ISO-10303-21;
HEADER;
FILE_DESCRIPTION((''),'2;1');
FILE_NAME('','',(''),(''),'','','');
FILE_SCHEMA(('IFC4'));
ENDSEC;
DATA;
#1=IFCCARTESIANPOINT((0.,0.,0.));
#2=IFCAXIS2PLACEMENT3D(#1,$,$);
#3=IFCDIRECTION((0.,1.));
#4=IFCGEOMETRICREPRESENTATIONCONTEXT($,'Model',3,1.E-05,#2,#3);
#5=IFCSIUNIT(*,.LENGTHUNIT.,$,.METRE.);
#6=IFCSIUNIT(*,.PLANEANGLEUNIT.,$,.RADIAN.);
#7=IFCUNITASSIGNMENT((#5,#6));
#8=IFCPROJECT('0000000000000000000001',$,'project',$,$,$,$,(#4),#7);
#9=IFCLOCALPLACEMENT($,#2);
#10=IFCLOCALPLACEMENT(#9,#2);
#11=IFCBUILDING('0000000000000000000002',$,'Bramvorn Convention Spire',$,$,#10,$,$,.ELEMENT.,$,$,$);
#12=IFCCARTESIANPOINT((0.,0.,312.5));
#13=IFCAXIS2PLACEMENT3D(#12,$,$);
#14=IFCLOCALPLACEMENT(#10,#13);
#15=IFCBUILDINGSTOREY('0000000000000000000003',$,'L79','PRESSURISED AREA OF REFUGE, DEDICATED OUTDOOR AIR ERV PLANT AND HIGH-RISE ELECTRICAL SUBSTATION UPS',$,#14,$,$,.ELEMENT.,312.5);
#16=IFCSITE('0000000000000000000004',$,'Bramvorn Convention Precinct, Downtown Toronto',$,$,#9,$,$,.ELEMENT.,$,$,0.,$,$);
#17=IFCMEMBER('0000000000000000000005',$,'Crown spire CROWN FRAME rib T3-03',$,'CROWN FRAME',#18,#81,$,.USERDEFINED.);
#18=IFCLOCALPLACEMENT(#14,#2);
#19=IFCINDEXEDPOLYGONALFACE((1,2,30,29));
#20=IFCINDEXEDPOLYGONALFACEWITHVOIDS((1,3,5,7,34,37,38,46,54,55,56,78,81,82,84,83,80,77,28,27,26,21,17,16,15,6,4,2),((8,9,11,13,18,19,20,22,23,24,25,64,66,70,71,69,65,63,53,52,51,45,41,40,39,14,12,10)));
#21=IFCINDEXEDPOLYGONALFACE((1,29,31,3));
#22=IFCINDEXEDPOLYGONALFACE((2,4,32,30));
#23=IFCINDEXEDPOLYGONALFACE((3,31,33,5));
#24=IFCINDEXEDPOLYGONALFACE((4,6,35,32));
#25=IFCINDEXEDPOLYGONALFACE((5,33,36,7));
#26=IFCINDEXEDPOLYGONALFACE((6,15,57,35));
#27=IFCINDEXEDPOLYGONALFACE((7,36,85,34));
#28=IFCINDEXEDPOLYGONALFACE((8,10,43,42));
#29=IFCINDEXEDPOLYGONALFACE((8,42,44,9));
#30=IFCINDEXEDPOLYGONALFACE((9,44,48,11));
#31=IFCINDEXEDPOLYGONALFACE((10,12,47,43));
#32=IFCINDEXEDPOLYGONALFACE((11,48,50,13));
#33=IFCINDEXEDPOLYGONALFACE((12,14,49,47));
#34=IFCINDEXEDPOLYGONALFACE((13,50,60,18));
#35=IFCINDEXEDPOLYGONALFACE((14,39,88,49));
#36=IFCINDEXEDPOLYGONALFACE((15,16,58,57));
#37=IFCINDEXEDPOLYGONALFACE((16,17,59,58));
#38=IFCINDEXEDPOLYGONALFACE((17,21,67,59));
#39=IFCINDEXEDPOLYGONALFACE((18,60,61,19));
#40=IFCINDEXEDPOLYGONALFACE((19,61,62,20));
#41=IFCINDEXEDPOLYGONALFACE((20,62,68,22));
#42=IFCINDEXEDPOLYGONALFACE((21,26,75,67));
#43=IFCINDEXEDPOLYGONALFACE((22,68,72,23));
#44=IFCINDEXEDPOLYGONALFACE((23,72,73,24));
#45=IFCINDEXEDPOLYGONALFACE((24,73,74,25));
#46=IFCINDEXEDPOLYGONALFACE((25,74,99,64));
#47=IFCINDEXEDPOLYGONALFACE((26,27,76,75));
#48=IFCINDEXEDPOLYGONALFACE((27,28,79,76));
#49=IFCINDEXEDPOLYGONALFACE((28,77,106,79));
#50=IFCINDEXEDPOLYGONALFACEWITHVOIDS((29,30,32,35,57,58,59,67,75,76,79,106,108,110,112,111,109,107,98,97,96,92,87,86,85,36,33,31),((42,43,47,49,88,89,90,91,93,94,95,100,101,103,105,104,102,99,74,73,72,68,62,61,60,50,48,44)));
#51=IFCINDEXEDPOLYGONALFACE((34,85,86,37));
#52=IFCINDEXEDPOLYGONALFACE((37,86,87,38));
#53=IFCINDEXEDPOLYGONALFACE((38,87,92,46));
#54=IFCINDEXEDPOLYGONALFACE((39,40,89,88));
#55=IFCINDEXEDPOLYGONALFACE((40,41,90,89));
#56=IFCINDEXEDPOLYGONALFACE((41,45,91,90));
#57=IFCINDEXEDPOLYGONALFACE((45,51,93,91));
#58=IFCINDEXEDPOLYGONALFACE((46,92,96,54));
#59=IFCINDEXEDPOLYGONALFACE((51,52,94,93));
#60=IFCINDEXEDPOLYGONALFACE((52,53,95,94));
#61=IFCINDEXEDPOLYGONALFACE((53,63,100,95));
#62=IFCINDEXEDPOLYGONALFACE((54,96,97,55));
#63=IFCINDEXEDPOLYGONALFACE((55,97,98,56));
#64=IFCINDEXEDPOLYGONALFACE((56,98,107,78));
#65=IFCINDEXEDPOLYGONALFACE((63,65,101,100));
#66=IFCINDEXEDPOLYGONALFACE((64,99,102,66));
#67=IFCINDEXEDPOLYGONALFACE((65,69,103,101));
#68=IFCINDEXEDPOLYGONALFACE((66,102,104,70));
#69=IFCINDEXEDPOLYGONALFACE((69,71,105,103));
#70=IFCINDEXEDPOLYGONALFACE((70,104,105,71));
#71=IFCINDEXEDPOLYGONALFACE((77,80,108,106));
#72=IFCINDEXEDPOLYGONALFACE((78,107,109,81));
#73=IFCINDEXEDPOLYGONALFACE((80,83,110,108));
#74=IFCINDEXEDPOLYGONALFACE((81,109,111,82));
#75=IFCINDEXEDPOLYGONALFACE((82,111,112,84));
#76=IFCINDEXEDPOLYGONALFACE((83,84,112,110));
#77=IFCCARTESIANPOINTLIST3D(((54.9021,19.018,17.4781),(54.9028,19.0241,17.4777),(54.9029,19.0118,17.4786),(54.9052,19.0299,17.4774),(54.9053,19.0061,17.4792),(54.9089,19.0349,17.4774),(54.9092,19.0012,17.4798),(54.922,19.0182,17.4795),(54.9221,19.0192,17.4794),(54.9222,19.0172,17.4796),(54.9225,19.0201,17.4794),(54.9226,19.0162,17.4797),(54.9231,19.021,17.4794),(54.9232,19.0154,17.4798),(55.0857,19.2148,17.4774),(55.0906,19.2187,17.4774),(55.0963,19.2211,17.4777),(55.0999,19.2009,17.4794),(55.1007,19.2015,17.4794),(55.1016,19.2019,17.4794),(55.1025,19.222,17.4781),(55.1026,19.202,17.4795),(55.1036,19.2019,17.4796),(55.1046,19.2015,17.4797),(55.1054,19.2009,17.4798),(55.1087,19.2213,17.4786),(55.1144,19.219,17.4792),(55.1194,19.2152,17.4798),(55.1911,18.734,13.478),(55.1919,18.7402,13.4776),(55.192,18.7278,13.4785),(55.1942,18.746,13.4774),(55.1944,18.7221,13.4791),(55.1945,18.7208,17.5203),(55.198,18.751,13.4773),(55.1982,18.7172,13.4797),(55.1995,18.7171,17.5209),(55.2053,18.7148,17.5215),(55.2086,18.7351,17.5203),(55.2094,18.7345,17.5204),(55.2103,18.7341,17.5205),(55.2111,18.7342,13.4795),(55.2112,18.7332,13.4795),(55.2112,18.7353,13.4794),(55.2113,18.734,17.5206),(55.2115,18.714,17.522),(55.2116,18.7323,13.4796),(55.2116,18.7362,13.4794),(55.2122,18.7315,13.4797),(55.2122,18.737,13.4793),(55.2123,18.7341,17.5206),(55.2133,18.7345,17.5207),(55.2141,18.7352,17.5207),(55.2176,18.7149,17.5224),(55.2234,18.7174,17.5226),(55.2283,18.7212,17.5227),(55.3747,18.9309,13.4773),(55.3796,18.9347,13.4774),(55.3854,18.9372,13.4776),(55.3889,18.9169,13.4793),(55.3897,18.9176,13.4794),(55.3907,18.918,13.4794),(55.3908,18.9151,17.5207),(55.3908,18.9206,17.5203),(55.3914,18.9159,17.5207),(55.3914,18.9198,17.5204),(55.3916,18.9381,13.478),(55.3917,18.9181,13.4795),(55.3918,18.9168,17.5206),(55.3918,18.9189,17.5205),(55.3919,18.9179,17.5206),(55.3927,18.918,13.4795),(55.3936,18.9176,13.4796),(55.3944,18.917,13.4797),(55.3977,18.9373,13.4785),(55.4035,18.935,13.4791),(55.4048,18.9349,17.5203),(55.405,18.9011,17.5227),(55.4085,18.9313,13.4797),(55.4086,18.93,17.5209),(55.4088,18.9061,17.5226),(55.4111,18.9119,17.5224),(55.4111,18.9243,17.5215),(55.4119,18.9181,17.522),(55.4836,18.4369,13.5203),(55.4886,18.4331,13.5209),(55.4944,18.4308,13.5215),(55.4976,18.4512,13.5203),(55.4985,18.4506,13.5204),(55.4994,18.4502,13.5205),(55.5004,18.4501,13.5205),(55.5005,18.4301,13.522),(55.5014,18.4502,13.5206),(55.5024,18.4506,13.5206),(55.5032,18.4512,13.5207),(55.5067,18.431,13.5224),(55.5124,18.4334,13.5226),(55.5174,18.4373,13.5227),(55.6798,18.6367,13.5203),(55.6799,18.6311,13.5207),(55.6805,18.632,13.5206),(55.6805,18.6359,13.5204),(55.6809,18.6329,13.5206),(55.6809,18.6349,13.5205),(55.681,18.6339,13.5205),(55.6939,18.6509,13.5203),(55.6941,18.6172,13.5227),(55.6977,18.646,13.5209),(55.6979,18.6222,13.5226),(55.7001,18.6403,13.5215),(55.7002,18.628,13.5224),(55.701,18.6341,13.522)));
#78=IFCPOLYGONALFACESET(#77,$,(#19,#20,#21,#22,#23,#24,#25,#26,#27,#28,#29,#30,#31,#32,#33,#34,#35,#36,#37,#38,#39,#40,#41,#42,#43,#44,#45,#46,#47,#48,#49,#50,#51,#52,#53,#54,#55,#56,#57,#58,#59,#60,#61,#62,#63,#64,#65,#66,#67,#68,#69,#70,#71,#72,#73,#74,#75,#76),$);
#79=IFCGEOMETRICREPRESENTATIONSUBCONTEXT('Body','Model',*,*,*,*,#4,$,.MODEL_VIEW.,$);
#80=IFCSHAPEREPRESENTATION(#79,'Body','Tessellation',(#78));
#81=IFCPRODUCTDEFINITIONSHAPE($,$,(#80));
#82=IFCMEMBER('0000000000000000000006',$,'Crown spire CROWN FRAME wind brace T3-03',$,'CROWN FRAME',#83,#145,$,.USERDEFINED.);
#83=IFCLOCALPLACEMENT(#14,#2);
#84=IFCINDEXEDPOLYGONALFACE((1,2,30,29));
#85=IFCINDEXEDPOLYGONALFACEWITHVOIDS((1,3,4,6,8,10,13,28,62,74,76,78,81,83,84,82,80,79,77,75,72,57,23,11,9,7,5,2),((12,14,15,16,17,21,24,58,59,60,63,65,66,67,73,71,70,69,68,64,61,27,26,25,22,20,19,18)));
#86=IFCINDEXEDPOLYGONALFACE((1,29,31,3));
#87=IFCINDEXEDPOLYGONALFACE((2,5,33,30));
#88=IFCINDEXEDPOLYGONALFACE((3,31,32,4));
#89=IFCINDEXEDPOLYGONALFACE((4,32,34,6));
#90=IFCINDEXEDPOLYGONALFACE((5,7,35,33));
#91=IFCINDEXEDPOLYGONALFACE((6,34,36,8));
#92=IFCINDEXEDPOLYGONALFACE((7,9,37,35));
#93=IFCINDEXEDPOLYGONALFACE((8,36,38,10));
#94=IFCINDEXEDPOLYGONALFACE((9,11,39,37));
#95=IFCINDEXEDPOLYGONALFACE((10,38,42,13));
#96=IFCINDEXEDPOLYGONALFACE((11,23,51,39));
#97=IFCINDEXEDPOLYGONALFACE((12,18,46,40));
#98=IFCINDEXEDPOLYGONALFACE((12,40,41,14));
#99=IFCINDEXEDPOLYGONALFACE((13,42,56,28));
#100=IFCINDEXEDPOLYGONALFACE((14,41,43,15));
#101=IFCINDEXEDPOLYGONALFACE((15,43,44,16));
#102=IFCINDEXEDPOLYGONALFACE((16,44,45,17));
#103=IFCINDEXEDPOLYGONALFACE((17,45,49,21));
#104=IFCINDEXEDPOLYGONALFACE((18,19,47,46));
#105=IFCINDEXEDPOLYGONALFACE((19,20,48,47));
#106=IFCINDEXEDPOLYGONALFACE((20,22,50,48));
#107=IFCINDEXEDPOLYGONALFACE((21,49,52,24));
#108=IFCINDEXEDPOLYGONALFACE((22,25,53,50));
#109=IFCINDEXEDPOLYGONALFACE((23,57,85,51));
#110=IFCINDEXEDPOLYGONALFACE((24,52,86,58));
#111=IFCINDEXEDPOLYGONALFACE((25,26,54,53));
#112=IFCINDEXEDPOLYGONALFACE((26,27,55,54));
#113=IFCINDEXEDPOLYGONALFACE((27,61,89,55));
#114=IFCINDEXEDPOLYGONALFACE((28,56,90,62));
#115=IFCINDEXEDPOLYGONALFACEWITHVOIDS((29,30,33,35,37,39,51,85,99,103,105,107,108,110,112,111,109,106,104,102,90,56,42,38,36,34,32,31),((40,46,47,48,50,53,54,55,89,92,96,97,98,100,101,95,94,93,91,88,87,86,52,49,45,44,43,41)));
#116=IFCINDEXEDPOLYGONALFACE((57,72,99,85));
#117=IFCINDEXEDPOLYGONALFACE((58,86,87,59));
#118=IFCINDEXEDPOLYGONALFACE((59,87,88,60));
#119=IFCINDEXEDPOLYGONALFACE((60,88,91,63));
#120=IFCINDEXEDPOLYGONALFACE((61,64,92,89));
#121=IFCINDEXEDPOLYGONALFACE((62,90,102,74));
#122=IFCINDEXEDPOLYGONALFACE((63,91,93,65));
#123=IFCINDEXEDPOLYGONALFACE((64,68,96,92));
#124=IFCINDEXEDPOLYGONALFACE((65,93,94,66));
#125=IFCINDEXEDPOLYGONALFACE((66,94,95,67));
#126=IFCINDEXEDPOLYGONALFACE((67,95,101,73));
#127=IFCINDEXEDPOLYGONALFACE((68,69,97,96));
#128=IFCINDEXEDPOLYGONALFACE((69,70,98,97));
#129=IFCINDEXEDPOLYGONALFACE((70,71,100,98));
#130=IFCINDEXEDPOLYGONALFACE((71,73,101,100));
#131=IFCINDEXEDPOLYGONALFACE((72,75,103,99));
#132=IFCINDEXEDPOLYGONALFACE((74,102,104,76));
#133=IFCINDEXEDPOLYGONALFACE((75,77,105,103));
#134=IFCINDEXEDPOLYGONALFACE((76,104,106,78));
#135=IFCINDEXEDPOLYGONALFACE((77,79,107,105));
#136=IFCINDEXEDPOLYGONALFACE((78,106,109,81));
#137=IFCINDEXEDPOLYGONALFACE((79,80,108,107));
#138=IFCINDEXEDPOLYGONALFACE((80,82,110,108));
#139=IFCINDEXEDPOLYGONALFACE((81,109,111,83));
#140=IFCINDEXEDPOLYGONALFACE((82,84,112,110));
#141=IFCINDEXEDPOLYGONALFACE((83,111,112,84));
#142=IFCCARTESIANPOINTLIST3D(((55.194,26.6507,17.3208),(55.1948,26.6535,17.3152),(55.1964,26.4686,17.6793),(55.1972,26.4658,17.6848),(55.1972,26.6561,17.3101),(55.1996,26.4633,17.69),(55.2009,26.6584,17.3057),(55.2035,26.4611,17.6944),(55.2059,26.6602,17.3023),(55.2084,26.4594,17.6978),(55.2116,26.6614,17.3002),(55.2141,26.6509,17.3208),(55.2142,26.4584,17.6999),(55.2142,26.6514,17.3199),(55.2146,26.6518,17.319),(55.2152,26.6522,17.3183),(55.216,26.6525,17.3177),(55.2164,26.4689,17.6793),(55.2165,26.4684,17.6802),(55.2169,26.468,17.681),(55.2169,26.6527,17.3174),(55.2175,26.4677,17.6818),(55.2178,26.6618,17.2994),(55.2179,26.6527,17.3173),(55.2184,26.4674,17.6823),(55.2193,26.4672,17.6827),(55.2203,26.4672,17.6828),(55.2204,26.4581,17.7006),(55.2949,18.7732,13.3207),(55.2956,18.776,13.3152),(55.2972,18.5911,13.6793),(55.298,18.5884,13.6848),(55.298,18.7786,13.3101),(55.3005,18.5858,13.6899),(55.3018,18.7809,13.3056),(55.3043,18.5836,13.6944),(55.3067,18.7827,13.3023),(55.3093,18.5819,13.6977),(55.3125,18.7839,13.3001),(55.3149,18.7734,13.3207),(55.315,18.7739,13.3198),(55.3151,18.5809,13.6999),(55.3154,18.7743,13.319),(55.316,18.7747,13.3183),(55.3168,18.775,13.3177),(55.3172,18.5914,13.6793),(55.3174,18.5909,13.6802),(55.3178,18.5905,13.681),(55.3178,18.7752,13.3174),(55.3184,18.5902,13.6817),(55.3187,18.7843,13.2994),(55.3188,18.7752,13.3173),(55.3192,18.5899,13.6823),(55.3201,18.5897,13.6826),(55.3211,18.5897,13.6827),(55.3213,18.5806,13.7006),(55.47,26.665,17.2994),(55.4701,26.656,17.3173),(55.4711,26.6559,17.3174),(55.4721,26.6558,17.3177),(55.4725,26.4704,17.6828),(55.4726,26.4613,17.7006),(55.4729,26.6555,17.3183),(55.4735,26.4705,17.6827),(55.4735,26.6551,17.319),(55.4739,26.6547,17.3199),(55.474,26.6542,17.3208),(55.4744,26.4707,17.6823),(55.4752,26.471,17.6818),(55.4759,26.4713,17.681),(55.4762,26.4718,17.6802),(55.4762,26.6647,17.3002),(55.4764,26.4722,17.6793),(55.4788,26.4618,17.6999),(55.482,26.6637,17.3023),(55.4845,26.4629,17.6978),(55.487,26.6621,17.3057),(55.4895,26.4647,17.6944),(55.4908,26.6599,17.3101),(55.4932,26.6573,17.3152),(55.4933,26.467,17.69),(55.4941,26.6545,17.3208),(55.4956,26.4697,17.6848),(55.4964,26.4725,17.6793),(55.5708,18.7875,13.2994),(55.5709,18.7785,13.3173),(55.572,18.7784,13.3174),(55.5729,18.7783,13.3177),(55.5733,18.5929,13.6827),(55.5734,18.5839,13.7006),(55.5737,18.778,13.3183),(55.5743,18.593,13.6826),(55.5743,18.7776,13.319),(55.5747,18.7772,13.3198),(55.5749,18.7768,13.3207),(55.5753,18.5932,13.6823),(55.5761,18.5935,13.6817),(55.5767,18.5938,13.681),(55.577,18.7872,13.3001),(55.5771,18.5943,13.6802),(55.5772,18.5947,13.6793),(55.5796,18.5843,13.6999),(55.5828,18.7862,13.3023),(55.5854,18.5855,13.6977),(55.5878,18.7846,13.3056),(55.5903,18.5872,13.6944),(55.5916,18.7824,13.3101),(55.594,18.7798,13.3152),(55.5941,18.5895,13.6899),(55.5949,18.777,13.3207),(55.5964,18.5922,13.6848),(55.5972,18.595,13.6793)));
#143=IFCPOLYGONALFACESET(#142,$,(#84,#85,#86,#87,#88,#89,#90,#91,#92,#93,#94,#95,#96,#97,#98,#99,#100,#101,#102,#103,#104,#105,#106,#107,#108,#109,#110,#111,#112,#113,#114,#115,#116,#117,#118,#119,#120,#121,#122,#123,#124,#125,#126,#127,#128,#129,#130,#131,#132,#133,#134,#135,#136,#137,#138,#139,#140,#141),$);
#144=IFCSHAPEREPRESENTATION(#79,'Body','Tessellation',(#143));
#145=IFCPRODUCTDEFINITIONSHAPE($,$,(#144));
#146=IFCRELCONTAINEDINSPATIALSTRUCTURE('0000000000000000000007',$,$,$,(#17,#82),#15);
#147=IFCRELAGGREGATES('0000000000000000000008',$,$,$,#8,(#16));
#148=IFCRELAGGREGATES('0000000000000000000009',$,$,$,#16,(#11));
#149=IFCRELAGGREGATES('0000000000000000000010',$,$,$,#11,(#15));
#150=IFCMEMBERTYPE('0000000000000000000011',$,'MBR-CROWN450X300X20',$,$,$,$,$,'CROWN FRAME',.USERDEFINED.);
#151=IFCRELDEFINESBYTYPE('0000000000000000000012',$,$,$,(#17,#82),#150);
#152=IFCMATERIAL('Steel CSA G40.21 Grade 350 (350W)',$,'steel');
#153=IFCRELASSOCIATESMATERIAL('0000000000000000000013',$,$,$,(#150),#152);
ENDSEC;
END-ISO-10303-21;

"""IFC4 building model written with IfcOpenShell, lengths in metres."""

from ifc_helpers import new_model, si_unit, direction, frame, origin, origin_2d, place, context, subcontext, project, spatial, hollow_rectangle, extrude, material, material_profile, profile_set, type_object, element, save


model = new_model("IFC4")

# Units and contexts
model_context = context("Model", 3, precision=1e-05, world=origin(), true_north=direction((0.0, 1.0)))
body_context = subcontext(model_context, "Body", "Model", "MODEL_VIEW")
ifc_project = project(units=[si_unit("LENGTHUNIT", "METRE"), si_unit("PLANEANGLEUNIT", "RADIAN")], contexts=[model_context])

# Site, building, storey
site_placement = place(None, origin())
site = spatial("IfcSite", under=ifc_project, at=site_placement, Name="Bramvorn Convention Precinct, Downtown Toronto", CompositionType="ELEMENT", RefElevation=0.0)
building_placement = place(site_placement, origin())
building = spatial("IfcBuilding", under=site, at=building_placement, Name="Bramvorn Convention Spire", CompositionType="ELEMENT")
storey_placement = place(building_placement, frame((0.0, 0.0, 312.5)))
storey = spatial("IfcBuildingStorey", under=building, at=storey_placement, Name="L79", Description="PRESSURISED AREA OF REFUGE, DEDICATED OUTDOOR AIR ERV PLANT AND HIGH-RISE ELECTRICAL SUBSTATION UPS", CompositionType="ELEMENT", Elevation=312.5)

# Shared definitions
ifc_material_1 = material(Name="Steel CSA G40.21 Grade 350 (350W)", Category="steel")

# Members
ifc_material_profile_1 = material_profile(ifc_material_1, hollow_rectangle(XDim=0.3, YDim=0.45, WallThickness=0.02, InnerFilletRadius=0.0039, OuterFilletRadius=0.0239, at=origin_2d()))
ifc_profile_set_1 = profile_set([ifc_material_profile_1], Name="Steel CSA G40.21 Grade 350 (350W) - CROWN450X300X20")
member_type = type_object("IfcMemberType", Name="MBR-CROWN450X300X20", ElementType="CROWN FRAME", PredefinedType="USERDEFINED", material=ifc_profile_set_1)
member_1_placement = place(storey_placement, frame((55.446, 18.6841, 13.5), z_axis=(-0.071898, 0.070622, 0.994909), x_axis=(-0.700752, -0.713405, 0.0)))
element("IfcMember", 1, at=member_1_placement, inside=storey, type_object=member_type, Name="Crown spire CROWN FRAME rib T3-03", ObjectType="CROWN FRAME", PredefinedType="USERDEFINED", context=body_context, shape_type="SweptSolid", body=[
    extrude(hollow_rectangle(XDim=0.3, YDim=0.45, WallThickness=0.02, InnerFilletRadius=0.0039, OuterFilletRadius=0.0239, at=origin_2d()), origin(), (0.0, 0.0, 1.0), 4.0205),
])
member_2_placement = place(storey_placement, frame((55.446, 18.6841, 13.5), z_axis=(-0.011412, 0.891577, 0.452724), x_axis=(-0.999918, -0.012799, 0.0)))
element("IfcMember", 2, at=member_2_placement, inside=storey, type_object=member_type, Name="Crown spire CROWN FRAME wind brace T3-03", ObjectType="CROWN FRAME", PredefinedType="USERDEFINED", context=body_context, shape_type="SweptSolid", body=[
    extrude(hollow_rectangle(XDim=0.3, YDim=0.45, WallThickness=0.02, InnerFilletRadius=0.0039, OuterFilletRadius=0.0239, at=origin_2d()), origin(), (0.0, 0.0, 1.0), 8.8354),
])

save(model, "model.ifc")
